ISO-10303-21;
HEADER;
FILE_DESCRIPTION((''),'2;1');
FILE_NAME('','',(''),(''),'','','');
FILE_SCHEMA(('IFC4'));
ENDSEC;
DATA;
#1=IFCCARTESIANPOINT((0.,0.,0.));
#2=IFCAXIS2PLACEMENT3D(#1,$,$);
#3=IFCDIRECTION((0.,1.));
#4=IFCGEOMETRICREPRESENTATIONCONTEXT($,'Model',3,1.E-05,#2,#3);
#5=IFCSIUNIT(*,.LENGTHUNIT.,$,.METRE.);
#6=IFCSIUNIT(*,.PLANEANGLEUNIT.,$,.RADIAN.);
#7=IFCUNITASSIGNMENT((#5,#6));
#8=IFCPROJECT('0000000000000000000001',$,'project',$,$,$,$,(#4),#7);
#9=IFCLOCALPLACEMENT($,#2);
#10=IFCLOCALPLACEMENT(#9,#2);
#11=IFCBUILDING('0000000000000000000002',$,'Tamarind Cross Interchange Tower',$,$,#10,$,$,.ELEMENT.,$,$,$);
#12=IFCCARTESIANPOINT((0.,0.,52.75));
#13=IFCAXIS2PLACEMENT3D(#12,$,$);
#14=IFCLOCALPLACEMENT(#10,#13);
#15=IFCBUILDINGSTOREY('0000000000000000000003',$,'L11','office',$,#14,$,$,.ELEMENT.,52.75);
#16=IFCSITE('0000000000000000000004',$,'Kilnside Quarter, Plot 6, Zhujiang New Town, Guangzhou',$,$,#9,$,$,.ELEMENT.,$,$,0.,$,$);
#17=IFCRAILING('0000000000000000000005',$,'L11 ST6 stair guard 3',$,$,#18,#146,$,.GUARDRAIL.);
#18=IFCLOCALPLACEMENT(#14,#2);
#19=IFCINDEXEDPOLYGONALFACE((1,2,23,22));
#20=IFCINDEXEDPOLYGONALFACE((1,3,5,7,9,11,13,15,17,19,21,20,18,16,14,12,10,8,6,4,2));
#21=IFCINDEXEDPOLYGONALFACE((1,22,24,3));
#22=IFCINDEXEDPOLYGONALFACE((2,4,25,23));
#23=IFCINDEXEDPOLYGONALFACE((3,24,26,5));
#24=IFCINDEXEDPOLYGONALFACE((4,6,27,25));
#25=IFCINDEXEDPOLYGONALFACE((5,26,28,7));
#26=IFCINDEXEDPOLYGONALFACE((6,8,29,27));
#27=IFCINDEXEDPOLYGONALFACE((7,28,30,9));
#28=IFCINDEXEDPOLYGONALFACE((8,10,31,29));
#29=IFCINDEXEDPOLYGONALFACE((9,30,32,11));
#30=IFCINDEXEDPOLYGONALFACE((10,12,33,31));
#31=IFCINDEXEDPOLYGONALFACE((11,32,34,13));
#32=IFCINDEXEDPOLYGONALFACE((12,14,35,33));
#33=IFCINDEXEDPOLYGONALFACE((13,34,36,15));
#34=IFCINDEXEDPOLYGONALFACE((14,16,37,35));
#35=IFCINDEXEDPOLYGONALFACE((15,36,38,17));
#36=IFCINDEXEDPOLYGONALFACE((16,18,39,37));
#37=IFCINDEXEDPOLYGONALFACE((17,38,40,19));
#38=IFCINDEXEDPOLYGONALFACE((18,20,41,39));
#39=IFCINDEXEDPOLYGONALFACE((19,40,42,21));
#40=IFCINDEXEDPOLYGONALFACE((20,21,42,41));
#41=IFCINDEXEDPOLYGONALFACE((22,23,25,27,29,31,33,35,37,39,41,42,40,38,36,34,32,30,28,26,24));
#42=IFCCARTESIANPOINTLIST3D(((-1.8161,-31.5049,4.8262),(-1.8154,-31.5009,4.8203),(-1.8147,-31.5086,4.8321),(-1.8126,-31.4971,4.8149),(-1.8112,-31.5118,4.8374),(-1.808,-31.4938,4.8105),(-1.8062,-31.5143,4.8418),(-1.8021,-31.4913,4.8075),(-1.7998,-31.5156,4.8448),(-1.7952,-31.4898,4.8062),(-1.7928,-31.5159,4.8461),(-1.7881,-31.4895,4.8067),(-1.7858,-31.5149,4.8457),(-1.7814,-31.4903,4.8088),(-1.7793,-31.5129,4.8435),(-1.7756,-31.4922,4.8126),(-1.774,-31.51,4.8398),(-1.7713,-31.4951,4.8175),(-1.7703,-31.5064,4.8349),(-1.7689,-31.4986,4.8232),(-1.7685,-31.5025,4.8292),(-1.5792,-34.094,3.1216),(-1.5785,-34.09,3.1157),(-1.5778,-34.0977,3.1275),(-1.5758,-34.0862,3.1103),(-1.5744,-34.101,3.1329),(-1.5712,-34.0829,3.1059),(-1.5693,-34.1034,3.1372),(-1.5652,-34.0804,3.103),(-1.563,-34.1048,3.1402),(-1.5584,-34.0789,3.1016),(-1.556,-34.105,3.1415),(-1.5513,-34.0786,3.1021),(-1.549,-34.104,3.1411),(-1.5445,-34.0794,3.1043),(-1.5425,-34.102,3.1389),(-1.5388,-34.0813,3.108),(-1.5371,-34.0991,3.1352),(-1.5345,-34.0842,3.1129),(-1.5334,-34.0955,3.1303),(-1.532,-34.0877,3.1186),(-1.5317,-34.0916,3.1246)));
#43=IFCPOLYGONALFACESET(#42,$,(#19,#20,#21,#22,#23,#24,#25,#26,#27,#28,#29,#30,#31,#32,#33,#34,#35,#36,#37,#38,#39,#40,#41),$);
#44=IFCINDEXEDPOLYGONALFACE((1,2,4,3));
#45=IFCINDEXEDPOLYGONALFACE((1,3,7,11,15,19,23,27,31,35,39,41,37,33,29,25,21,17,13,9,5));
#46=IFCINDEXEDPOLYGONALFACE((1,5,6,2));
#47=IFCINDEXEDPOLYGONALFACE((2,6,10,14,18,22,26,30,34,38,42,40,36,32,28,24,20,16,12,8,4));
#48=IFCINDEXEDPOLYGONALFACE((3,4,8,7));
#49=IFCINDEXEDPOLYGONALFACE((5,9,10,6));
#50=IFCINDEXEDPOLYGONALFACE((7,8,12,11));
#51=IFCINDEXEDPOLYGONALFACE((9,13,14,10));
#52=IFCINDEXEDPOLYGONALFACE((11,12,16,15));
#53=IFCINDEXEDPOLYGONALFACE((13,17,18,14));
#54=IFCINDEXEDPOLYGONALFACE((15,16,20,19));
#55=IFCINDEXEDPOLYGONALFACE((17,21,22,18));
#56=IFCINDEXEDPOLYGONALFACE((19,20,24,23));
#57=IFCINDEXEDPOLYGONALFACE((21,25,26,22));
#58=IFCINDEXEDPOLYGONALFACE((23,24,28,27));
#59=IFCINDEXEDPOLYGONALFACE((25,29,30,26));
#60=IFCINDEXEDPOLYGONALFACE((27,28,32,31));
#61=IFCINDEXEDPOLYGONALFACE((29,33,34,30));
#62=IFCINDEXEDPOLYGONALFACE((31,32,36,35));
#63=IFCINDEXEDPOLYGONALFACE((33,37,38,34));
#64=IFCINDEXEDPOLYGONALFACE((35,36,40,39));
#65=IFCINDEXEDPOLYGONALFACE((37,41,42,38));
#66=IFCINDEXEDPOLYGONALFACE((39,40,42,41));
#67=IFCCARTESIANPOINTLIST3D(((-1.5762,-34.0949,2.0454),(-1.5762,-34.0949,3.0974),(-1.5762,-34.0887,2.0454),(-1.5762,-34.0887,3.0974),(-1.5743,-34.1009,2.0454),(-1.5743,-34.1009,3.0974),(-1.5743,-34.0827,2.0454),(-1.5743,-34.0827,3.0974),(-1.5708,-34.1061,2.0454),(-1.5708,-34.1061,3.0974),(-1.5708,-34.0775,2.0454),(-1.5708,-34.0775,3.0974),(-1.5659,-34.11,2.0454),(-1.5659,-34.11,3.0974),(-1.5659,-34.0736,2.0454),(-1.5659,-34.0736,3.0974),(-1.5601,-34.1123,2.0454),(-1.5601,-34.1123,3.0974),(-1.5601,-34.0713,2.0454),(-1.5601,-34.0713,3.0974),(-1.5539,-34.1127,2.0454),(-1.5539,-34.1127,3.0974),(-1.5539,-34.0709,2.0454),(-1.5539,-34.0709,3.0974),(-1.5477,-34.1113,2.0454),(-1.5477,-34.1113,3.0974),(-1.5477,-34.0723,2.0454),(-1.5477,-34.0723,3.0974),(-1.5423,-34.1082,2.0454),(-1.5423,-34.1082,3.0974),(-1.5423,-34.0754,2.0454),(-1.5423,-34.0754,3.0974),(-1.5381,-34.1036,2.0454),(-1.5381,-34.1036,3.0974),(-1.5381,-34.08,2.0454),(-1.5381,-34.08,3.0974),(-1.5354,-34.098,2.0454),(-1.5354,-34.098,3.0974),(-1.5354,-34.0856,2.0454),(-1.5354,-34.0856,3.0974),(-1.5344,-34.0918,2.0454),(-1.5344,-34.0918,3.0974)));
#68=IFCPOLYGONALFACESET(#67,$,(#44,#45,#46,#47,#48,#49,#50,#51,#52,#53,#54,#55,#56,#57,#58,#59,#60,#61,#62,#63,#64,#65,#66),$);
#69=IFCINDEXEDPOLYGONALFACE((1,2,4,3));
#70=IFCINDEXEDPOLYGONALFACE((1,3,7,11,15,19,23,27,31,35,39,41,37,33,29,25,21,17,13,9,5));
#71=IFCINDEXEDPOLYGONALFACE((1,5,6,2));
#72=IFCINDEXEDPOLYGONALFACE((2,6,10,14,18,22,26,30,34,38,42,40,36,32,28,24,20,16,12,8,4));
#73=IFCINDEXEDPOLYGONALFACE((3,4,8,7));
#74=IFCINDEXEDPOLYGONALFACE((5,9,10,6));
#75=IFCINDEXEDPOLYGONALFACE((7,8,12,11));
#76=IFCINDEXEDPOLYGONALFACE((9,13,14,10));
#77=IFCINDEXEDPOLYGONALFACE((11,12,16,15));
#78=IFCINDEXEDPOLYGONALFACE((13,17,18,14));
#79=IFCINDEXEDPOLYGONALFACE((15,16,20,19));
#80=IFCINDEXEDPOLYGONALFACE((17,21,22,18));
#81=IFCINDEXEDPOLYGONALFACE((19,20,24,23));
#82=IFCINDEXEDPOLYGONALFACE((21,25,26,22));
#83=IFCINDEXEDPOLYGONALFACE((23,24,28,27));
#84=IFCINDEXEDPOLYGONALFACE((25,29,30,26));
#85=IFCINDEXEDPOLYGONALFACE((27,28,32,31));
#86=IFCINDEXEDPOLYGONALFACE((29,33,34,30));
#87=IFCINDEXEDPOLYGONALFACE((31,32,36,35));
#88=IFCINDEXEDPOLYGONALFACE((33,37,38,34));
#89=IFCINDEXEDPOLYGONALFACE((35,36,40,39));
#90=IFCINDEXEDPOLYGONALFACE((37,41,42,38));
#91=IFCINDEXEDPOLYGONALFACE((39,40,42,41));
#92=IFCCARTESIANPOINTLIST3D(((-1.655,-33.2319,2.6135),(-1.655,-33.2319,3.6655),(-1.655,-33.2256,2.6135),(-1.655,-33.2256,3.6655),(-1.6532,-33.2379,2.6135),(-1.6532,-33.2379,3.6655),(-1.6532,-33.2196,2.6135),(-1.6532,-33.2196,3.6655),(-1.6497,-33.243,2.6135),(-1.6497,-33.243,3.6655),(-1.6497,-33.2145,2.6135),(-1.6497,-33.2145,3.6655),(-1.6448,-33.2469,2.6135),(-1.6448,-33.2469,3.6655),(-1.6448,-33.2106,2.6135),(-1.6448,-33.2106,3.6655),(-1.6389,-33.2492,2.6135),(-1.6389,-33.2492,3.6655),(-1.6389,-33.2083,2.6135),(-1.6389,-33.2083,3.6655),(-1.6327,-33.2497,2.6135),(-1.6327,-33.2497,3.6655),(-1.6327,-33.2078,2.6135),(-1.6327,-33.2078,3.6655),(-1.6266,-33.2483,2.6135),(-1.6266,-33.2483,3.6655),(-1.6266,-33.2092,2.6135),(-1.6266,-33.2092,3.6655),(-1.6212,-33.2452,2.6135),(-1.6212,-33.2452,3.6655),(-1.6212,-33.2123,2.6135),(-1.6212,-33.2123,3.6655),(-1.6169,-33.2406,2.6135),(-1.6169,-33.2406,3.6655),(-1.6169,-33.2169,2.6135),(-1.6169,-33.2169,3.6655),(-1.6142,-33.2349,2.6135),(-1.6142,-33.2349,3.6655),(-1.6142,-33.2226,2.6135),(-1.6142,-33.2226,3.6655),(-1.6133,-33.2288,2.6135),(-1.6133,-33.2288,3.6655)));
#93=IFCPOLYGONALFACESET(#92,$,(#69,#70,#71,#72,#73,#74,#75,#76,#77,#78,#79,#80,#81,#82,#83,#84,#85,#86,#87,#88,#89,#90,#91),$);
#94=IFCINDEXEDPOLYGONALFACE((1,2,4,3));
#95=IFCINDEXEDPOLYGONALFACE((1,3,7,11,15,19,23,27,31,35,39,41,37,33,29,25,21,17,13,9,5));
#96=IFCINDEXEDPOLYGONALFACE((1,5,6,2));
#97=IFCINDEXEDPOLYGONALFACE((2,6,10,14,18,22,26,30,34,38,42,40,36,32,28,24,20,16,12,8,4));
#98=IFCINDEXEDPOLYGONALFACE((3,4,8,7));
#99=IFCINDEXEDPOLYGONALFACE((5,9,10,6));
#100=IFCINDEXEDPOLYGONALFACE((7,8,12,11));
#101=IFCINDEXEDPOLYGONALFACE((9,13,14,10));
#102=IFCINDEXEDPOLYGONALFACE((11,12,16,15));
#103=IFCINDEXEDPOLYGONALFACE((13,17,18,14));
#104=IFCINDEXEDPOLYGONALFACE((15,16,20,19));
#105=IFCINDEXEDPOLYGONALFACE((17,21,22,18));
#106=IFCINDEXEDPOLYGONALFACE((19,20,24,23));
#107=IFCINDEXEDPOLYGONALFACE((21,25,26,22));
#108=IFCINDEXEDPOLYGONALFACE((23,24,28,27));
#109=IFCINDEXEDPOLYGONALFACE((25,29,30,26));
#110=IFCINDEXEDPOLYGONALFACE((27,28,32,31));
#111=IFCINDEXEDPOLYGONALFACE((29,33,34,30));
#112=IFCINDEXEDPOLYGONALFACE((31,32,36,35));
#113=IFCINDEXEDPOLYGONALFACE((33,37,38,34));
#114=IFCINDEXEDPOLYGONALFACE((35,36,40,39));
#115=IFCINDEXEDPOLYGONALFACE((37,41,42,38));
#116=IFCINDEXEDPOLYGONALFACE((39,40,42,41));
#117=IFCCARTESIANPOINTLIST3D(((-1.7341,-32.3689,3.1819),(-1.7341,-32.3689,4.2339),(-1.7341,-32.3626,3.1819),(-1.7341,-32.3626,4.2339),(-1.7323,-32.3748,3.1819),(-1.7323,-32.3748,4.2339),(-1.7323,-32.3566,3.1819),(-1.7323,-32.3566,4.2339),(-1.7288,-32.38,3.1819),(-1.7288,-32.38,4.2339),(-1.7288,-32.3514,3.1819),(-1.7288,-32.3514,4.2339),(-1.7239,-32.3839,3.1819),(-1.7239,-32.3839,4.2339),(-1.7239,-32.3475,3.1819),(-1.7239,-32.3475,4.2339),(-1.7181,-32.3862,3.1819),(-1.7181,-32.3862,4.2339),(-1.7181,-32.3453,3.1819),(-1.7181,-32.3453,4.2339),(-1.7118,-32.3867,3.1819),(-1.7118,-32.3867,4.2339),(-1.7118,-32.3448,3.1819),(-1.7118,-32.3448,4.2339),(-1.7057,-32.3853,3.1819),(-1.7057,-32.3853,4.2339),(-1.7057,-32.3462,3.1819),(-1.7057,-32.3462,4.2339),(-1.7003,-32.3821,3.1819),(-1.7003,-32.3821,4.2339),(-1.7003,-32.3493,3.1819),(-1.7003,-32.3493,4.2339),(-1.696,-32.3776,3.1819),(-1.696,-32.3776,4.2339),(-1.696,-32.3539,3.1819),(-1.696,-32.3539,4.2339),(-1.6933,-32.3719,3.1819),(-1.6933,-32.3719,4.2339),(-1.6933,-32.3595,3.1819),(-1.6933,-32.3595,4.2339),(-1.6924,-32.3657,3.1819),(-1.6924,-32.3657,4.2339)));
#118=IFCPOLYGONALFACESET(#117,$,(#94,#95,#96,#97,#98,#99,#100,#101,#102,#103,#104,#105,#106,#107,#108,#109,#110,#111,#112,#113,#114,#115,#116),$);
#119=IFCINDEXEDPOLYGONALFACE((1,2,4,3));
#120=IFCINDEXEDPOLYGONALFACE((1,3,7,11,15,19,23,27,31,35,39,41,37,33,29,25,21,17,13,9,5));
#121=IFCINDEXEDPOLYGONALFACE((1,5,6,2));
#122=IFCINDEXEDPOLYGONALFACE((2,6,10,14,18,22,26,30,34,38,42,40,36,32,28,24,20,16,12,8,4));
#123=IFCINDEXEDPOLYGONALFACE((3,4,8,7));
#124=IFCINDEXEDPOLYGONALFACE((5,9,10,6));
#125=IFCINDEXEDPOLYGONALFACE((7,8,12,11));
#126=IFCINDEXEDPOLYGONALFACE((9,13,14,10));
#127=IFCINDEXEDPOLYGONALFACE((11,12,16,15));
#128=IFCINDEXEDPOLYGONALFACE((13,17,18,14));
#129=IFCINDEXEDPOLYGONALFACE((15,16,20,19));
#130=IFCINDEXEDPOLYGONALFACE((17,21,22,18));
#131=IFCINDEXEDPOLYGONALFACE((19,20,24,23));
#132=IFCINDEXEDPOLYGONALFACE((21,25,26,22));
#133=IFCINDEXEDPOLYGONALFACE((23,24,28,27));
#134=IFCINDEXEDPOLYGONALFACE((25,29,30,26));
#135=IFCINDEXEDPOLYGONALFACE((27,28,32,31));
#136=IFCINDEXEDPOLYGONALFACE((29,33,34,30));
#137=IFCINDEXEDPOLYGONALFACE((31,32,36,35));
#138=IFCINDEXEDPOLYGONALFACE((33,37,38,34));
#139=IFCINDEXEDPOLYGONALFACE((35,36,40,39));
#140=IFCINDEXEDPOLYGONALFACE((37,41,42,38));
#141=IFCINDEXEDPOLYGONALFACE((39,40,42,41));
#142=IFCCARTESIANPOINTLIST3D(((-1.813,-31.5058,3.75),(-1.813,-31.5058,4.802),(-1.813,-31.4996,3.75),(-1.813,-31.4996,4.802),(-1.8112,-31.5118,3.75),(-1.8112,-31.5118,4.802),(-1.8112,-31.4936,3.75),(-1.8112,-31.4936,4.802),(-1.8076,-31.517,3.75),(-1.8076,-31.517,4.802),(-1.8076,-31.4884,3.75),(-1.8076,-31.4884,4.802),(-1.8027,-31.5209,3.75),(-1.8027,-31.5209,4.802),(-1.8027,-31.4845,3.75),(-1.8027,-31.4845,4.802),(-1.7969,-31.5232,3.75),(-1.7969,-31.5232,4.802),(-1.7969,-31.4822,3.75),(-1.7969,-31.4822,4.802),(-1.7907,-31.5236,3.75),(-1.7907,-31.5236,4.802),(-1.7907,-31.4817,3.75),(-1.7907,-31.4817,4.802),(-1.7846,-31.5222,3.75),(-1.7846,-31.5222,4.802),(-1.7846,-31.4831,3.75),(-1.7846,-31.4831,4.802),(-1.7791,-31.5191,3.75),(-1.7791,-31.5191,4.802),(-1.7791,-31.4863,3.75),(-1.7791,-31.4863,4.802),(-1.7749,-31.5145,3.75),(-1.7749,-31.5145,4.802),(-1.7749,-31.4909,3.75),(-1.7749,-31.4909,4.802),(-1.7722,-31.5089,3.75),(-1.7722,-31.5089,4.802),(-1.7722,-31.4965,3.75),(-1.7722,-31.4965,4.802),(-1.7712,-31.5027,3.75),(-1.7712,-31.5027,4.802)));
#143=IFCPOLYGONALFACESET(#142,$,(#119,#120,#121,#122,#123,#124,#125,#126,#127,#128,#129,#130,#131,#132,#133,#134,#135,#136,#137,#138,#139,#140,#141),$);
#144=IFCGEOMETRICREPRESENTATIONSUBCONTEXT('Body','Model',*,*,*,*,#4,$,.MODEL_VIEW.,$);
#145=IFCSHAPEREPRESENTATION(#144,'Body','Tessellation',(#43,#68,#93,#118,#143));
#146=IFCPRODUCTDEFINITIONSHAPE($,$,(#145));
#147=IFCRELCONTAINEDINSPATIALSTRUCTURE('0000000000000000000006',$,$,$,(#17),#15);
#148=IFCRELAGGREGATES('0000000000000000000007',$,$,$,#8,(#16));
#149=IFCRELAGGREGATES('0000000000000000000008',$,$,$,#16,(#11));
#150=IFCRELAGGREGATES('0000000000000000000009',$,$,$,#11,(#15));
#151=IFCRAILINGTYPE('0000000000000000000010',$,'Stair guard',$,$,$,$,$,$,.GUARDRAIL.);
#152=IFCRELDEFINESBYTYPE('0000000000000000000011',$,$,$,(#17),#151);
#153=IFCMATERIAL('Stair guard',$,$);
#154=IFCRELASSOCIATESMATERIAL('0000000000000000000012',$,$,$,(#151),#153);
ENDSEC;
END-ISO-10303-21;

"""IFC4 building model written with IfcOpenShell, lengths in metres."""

from ifc_helpers import new_model, si_unit, direction, frame, origin, origin_2d, place, context, subcontext, project, spatial, circle, extrude, material, type_object, element, save


model = new_model("IFC4")

# Units and contexts
model_context = context("Model", 3, precision=1e-05, world=origin(), true_north=direction((0.0, 1.0)))
body_context = subcontext(model_context, "Body", "Model", "MODEL_VIEW")
ifc_project = project(units=[si_unit("LENGTHUNIT", "METRE"), si_unit("PLANEANGLEUNIT", "RADIAN")], contexts=[model_context])

# Site, building, storey
site_placement = place(None, origin())
site = spatial("IfcSite", under=ifc_project, at=site_placement, Name="Kilnside Quarter, Plot 6, Zhujiang New Town, Guangzhou", CompositionType="ELEMENT", RefElevation=0.0)
building_placement = place(site_placement, origin())
building = spatial("IfcBuilding", under=site, at=building_placement, Name="Tamarind Cross Interchange Tower", CompositionType="ELEMENT")
storey_placement = place(building_placement, frame((0.0, 0.0, 52.75)))
storey = spatial("IfcBuildingStorey", under=building, at=storey_placement, Name="L11", Description="office", CompositionType="ELEMENT", Elevation=52.75)

# Railing
ifc_material_1 = material(Name="Stair guard")
railing_type_1 = type_object("IfcRailingType", Name="Stair guard", PredefinedType="GUARDRAIL", material=ifc_material_1)
railing_1_placement = place(storey_placement, frame((-1.5554, -34.0918, 2.0454)))
element("IfcRailing", 1, at=railing_1_placement, inside=storey, type_object=railing_type_1, Name="L11 ST6 stair guard 3", PredefinedType="GUARDRAIL", context=body_context, shape_type="SweptSolid", body=[
    extrude(circle(Radius=0.0239, at=origin_2d()), frame((0.0, 0.0, 1.0762), z_axis=(-0.076174, 0.832809, 0.548295), x_axis=(-0.995843, -0.091086, 0.0)), (0.0, 0.0, 1.0), 3.1089),
    extrude(circle(Radius=0.021, at=origin_2d()), origin(), (0.0, 0.0, 1.0), 1.052),
    extrude(circle(Radius=0.021, at=origin_2d()), frame((-0.0789, 0.863, 0.5681)), (0.0, 0.0, 1.0), 1.052),
    extrude(circle(Radius=0.021, at=origin_2d()), frame((-0.158, 1.7261, 1.1365)), (0.0, 0.0, 1.0), 1.052),
    extrude(circle(Radius=0.021, at=origin_2d()), frame((-0.2368, 2.5891, 1.7046)), (0.0, 0.0, 1.0), 1.052),
])

save(model, "model.ifc")
